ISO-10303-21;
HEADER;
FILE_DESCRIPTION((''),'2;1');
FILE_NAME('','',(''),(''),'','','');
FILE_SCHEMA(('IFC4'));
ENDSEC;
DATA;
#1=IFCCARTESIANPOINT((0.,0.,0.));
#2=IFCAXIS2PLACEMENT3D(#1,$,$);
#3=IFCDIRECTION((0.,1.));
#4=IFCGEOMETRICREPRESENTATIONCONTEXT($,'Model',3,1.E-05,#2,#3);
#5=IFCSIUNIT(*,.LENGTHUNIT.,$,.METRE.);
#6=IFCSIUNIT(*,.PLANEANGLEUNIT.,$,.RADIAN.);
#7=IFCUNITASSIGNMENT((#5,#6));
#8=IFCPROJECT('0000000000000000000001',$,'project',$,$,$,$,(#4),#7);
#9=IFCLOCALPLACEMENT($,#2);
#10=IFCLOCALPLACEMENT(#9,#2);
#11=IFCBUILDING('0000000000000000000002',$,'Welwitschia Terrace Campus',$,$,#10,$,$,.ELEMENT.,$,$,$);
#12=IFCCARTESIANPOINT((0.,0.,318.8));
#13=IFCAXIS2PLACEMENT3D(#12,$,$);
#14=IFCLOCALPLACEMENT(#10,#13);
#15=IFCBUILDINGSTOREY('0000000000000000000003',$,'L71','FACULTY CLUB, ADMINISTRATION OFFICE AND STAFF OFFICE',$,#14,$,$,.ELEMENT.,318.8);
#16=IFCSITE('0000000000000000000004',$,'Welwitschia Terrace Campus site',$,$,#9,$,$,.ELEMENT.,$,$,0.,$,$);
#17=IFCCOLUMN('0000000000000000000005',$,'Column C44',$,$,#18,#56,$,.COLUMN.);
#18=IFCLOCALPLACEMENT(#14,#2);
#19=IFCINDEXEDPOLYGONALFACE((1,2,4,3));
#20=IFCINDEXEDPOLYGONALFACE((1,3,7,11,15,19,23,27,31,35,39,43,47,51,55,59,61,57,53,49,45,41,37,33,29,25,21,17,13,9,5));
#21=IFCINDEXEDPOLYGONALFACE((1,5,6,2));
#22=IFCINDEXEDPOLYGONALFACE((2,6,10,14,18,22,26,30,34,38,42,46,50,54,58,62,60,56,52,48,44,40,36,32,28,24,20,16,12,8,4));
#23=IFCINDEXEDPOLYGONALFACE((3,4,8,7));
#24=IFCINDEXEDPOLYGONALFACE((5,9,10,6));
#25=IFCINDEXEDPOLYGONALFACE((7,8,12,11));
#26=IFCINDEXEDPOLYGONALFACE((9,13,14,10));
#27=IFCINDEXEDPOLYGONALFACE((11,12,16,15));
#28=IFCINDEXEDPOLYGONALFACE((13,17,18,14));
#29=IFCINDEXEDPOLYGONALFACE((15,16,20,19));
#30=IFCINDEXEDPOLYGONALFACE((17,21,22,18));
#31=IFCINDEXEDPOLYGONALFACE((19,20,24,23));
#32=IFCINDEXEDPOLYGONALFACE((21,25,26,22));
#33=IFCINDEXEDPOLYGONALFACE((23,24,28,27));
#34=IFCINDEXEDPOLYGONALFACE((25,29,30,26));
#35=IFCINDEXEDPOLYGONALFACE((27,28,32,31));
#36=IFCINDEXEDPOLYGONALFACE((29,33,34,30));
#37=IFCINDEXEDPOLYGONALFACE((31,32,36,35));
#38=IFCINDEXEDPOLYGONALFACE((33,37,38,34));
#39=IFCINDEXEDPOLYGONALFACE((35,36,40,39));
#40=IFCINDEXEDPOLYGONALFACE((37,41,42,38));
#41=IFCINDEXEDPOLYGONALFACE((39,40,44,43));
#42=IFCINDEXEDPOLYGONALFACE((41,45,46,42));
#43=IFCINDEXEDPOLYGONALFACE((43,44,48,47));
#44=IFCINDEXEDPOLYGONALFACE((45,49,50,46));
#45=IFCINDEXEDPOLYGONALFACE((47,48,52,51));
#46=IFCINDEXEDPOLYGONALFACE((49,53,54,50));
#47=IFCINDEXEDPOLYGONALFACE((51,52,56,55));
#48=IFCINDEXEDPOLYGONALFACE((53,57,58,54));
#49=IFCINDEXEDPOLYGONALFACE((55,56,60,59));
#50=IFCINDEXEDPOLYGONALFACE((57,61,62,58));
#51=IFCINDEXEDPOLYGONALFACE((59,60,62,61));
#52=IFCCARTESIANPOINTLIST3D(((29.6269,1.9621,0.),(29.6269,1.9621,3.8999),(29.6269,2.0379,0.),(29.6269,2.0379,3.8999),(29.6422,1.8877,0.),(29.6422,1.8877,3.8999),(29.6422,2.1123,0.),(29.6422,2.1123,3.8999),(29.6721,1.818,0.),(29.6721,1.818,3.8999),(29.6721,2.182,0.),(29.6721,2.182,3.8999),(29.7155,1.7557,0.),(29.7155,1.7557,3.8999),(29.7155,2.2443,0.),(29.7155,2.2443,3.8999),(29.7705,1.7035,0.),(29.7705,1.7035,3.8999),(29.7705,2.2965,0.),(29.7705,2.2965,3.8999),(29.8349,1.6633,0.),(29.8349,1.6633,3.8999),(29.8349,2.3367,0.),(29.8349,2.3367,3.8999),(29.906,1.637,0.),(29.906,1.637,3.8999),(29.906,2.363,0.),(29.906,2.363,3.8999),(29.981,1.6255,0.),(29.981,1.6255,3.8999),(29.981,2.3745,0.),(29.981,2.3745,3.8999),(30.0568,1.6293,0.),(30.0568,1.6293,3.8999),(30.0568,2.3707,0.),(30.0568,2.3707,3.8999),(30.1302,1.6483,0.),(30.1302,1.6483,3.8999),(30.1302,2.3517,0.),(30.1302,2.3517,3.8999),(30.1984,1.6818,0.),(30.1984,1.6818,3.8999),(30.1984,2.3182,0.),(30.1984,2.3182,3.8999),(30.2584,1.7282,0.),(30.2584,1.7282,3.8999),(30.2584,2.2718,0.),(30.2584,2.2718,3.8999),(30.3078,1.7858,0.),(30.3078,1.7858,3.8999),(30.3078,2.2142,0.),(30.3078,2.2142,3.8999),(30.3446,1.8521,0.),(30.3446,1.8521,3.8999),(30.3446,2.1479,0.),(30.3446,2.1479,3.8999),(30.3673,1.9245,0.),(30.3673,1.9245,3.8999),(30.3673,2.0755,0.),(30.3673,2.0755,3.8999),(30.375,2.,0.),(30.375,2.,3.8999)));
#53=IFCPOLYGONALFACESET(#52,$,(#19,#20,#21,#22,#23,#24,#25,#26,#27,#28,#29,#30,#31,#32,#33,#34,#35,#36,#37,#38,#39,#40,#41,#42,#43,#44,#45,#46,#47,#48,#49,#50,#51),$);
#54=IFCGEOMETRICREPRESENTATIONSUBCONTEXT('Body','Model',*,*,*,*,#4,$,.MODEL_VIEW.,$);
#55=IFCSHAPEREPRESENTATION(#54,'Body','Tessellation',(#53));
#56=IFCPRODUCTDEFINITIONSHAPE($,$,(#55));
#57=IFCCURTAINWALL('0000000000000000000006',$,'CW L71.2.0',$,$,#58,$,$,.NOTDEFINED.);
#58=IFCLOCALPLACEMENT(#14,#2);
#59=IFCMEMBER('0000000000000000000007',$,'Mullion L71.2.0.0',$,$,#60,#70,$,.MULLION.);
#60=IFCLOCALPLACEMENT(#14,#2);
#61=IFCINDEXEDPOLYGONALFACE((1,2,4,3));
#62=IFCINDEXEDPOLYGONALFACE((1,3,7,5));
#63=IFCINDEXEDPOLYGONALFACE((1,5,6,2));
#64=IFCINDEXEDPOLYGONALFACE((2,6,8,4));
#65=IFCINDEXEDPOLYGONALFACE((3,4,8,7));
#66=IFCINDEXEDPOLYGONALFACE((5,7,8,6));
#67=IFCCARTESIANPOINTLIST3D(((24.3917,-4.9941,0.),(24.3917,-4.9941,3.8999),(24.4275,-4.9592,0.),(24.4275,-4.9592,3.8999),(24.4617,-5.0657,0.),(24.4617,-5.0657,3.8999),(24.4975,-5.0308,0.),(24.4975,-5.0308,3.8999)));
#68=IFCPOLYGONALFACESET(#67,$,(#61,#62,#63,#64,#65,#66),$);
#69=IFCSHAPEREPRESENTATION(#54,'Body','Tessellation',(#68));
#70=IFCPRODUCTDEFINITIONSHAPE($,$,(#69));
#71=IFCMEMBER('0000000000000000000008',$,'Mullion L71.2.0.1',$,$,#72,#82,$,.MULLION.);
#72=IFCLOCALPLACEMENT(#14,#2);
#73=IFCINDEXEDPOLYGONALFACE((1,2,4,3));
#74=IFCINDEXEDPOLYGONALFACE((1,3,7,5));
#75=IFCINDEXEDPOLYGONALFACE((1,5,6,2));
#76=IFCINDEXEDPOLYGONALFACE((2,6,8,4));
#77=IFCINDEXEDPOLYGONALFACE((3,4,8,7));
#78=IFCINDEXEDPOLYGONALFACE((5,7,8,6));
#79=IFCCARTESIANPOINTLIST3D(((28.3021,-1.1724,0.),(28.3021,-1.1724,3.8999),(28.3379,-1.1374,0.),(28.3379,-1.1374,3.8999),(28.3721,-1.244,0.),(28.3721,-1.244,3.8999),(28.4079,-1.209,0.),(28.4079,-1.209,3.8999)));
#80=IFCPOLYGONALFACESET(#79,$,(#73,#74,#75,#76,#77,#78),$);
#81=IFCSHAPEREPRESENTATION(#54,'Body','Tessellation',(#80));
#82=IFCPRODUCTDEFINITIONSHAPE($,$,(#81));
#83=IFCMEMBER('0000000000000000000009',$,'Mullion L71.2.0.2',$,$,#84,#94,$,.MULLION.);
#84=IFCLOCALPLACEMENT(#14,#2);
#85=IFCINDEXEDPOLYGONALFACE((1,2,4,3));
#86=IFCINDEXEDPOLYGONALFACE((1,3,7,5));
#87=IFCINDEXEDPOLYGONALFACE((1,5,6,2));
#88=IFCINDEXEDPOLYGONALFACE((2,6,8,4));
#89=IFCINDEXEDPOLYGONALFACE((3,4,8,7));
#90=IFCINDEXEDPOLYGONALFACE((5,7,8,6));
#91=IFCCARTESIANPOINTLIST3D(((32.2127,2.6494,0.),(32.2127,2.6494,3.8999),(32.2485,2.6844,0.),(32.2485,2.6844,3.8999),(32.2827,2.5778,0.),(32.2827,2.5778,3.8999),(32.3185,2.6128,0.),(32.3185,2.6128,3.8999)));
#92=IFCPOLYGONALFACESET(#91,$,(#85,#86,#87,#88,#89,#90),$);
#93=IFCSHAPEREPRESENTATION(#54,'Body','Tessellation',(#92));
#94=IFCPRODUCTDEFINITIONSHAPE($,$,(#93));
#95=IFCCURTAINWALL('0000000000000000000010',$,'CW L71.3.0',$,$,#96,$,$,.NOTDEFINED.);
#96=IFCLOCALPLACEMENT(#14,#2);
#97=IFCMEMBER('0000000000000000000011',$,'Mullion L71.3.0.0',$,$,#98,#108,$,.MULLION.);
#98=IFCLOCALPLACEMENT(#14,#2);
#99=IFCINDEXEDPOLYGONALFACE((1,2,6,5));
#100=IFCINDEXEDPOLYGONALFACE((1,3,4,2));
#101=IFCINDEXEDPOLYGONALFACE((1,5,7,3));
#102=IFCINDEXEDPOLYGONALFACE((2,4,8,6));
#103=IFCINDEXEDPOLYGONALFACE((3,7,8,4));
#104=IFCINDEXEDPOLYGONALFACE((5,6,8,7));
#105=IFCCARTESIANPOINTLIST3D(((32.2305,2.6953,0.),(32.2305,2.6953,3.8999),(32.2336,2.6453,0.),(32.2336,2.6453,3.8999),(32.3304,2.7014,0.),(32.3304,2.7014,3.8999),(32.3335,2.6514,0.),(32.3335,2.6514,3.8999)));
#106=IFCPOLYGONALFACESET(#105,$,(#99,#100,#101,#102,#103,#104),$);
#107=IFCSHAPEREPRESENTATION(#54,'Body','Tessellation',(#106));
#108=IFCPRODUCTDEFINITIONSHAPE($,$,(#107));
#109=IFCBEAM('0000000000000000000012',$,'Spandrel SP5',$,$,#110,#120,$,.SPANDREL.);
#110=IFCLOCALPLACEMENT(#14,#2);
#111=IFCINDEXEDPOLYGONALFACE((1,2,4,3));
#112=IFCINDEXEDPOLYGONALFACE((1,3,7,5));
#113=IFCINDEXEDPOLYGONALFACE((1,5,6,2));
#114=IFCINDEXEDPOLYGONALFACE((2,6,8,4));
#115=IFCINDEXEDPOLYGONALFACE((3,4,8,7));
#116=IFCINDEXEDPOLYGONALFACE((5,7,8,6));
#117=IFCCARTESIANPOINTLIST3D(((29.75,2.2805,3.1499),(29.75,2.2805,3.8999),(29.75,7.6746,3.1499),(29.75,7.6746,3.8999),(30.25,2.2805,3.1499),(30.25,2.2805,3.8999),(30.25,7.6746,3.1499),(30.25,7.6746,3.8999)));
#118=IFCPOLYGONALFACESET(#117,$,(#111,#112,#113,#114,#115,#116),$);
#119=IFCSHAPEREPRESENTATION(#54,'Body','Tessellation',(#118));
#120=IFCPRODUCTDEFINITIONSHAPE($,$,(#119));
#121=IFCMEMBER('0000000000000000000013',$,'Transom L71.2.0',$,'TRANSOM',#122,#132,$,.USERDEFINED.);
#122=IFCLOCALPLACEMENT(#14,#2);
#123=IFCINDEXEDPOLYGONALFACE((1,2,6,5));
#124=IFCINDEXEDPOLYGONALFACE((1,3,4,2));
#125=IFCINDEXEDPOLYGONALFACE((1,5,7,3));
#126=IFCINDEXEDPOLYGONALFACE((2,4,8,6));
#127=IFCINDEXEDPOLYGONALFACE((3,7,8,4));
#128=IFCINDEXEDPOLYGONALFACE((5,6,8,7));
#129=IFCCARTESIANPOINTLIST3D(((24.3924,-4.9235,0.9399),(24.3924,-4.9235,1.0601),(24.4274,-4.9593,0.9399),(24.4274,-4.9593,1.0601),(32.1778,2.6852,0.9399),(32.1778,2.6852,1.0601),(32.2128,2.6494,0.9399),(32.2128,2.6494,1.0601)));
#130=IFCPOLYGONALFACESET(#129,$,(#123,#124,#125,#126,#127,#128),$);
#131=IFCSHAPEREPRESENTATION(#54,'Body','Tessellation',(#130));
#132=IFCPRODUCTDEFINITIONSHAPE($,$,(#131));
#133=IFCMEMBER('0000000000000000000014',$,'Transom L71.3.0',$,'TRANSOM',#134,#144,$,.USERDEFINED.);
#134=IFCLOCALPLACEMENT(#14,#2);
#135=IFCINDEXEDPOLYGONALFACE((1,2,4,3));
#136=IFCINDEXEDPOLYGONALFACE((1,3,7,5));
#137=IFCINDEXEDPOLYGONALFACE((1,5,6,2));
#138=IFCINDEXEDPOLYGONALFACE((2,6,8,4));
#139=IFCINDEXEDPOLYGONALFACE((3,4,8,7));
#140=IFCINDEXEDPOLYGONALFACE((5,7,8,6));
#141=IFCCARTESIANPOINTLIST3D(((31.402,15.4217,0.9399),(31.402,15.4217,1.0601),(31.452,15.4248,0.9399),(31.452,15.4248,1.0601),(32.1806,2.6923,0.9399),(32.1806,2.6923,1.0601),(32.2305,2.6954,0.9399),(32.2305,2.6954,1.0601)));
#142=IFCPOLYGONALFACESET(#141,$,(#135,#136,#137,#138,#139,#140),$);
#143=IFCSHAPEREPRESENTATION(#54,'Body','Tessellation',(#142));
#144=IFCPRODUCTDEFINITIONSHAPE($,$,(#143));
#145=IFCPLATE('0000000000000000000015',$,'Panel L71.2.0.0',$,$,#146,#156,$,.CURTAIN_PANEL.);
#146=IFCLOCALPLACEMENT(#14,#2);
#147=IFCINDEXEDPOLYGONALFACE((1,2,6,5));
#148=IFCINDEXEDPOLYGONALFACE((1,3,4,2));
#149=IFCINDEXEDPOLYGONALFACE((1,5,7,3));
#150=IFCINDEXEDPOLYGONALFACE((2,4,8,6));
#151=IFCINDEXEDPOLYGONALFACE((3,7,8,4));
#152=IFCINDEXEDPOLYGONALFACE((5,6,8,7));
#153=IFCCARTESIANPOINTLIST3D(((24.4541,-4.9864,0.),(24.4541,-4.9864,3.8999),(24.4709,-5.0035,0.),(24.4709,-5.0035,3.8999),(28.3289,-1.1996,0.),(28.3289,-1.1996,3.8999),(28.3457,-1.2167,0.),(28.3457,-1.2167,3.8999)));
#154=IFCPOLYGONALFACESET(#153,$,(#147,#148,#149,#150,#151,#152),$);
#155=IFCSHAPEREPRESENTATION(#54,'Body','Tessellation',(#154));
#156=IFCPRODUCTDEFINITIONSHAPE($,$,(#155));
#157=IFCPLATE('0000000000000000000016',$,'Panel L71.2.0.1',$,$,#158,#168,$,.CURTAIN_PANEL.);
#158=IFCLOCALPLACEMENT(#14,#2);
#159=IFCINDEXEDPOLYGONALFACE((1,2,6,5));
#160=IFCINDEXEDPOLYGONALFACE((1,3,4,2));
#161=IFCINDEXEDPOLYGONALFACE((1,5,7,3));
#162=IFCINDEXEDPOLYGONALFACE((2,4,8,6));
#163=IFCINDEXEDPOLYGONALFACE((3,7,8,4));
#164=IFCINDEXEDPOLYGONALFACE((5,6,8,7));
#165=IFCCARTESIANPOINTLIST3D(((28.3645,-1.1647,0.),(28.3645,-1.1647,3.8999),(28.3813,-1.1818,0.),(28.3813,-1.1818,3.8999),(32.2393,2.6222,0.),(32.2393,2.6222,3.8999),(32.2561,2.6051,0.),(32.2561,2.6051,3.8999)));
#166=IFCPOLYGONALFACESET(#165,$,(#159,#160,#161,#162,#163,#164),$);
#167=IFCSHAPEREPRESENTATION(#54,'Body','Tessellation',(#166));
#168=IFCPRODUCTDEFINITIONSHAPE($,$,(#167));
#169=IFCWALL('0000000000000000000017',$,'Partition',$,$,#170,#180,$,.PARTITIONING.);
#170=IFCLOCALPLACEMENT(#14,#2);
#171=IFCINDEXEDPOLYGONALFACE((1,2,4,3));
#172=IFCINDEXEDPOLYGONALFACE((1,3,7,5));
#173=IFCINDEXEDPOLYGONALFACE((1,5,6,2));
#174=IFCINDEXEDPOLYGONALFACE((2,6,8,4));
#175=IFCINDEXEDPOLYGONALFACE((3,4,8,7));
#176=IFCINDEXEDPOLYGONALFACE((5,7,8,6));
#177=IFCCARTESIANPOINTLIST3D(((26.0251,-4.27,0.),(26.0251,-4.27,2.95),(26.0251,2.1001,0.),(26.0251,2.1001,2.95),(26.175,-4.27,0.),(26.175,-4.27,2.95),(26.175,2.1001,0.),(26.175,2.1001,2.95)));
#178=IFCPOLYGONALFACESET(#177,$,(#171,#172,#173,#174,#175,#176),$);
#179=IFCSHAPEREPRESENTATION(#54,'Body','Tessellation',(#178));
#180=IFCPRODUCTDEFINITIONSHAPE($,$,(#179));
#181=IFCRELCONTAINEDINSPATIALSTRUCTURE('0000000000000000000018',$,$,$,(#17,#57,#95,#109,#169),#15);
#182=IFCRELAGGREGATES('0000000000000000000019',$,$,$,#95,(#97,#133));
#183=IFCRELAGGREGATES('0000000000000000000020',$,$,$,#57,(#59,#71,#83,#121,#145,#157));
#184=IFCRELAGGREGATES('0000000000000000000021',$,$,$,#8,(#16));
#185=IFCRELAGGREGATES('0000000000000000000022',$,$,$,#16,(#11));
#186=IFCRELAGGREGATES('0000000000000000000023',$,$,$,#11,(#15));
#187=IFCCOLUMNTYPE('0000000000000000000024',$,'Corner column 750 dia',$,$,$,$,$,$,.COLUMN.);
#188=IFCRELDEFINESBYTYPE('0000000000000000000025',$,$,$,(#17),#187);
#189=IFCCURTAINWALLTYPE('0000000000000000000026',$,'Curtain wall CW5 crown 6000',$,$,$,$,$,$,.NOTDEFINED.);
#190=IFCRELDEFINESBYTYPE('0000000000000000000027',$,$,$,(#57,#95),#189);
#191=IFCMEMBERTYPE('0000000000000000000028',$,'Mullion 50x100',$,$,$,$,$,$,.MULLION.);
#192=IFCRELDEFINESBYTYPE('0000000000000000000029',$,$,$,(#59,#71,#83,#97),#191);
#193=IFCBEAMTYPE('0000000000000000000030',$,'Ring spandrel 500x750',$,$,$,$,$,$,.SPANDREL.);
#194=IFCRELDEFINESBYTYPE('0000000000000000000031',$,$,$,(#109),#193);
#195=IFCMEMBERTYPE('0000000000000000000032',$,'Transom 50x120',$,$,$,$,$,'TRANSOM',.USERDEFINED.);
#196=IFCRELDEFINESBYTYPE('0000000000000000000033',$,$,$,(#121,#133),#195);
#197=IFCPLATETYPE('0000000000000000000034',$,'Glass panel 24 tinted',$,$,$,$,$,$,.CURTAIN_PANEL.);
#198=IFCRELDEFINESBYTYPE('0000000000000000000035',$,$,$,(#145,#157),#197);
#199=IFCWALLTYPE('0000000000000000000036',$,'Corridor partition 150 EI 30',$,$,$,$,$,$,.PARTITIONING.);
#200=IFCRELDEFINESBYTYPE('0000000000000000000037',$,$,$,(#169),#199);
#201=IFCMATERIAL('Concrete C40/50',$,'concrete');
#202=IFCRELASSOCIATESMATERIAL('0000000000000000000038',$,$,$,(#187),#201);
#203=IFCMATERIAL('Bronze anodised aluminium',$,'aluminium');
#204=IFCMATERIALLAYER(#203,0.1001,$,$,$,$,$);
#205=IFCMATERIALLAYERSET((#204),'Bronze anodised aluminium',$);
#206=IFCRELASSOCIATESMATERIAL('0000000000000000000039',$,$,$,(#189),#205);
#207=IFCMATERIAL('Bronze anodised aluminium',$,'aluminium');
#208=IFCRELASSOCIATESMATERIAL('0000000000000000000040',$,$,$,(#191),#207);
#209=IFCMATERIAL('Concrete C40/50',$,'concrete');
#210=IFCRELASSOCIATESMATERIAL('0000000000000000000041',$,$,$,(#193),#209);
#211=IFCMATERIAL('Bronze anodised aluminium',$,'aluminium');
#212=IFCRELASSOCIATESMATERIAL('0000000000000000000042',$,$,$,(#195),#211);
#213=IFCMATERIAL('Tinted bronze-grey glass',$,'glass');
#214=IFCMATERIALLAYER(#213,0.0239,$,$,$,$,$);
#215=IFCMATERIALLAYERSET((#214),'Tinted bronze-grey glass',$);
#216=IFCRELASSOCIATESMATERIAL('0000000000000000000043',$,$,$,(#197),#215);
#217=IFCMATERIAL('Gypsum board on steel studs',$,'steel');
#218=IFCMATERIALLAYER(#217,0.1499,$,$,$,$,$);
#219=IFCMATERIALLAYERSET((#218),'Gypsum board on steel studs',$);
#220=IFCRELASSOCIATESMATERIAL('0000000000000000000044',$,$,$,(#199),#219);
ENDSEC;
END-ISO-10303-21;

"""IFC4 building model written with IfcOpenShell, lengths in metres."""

from ifc_helpers import new_model, si_unit, direction, frame, frame_2d, origin, origin_2d, place, context, subcontext, project, spatial, rectangle, circle, extrude, material, layer, layer_set, material_profile, profile_set, type_object, element, aggregate, save


model = new_model("IFC4")

# Units and contexts
model_context = context("Model", 3, precision=1e-05, world=origin(), true_north=direction((0.0, 1.0)))
body_context = subcontext(model_context, "Body", "Model", "MODEL_VIEW")
ifc_project = project(units=[si_unit("LENGTHUNIT", "METRE"), si_unit("PLANEANGLEUNIT", "RADIAN")], contexts=[model_context])

# Site, building, storey
site_placement = place(None, origin())
site = spatial("IfcSite", under=ifc_project, at=site_placement, Name="Welwitschia Terrace Campus site", CompositionType="ELEMENT", RefElevation=0.0)
building_placement = place(site_placement, origin())
building = spatial("IfcBuilding", under=site, at=building_placement, Name="Welwitschia Terrace Campus", CompositionType="ELEMENT")
storey_placement = place(building_placement, frame((0.0, 0.0, 318.8)))
storey = spatial("IfcBuildingStorey", under=building, at=storey_placement, Name="L71", Description="FACULTY CLUB, ADMINISTRATION OFFICE AND STAFF OFFICE", CompositionType="ELEMENT", Elevation=318.8)

# Column
ifc_material_1 = material(Name="Concrete C40/50", Category="concrete")
ifc_material_profile_1 = material_profile(ifc_material_1, circle(Radius=0.375, at=origin_2d()))
ifc_profile_set_1 = profile_set([ifc_material_profile_1], Name="Concrete C40/50")
column_type = type_object("IfcColumnType", Name="Corner column 750 dia", PredefinedType="COLUMN", material=ifc_profile_set_1)
column_placement = place(storey_placement, frame((30.0, 2.0, 0.0), z_axis=(0.0, 0.0, 1.0), x_axis=(1.0, 0.0, 0.0)))
element("IfcColumn", 1, at=column_placement, inside=storey, type_object=column_type, Name="Column C44", PredefinedType="COLUMN", context=body_context, shape_type="SweptSolid", body=[
    extrude(circle(Radius=0.375, at=origin_2d()), origin(), (0.0, 0.0, 1.0), 3.8999),
])

# Curtain wall, members
ifc_material_2 = material(Name="Bronze anodised aluminium", Category="aluminium")
ifc_layer_1 = layer(ifc_material_2, 0.1001)
ifc_layer_set_1 = layer_set([ifc_layer_1], Name="Bronze anodised aluminium")
curtain_wall_type = type_object("IfcCurtainWallType", Name="Curtain wall CW5 crown 6000", PredefinedType="NOTDEFINED", material=ifc_layer_set_1)
curtain_wall_1_placement = place(storey_placement, origin())
curtain_wall_1 = element("IfcCurtainWall", 2, at=curtain_wall_1_placement, inside=storey, type_object=curtain_wall_type, Name="CW L71.2.0", PredefinedType="NOTDEFINED")
ifc_material_3 = material(Name="Bronze anodised aluminium", Category="aluminium")
ifc_material_profile_2 = material_profile(ifc_material_3, rectangle(XDim=0.1001, YDim=0.05, at=origin_2d()))
ifc_profile_set_2 = profile_set([ifc_material_profile_2], Name="Bronze anodised aluminium")
member_type_1 = type_object("IfcMemberType", Name="Mullion 50x100", PredefinedType="MULLION", material=ifc_profile_set_2)
member_1_placement = place(storey_placement, frame((24.4446, -5.0125, 0.0), z_axis=(0.0, 0.0, 1.0), x_axis=(-0.698941, 0.715179, 0.0)))
member_1 = element("IfcMember", 3, at=member_1_placement, type_object=member_type_1, Name="Mullion L71.2.0.0", PredefinedType="MULLION", context=body_context, shape_type="SweptSolid", body=[
    extrude(rectangle(XDim=0.1001, YDim=0.05, at=origin_2d()), origin(), (0.0, 0.0, 1.0), 3.8999),
])
member_2_placement = place(storey_placement, frame((28.355, -1.1907, 0.0), z_axis=(0.0, 0.0, 1.0), x_axis=(-0.698941, 0.715179, 0.0)))
member_2 = element("IfcMember", 4, at=member_2_placement, type_object=member_type_1, Name="Mullion L71.2.0.1", PredefinedType="MULLION", context=body_context, shape_type="SweptSolid", body=[
    extrude(rectangle(XDim=0.1001, YDim=0.05, at=origin_2d()), origin(), (0.0, 0.0, 1.0), 3.8999),
])
member_3_placement = place(storey_placement, frame((32.2656, 2.6311, 0.0), z_axis=(0.0, 0.0, 1.0), x_axis=(-0.698941, 0.715179, 0.0)))
member_3 = element("IfcMember", 5, at=member_3_placement, type_object=member_type_1, Name="Mullion L71.2.0.2", PredefinedType="MULLION", context=body_context, shape_type="SweptSolid", body=[
    extrude(rectangle(XDim=0.1001, YDim=0.05, at=origin_2d()), origin(), (0.0, 0.0, 1.0), 3.8999),
])

# Curtain wall, member
curtain_wall_2_placement = place(storey_placement, origin())
curtain_wall_2 = element("IfcCurtainWall", 6, at=curtain_wall_2_placement, inside=storey, type_object=curtain_wall_type, Name="CW L71.3.0", PredefinedType="NOTDEFINED")
member_4_placement = place(storey_placement, frame((32.282, 2.6733, 0.0), z_axis=(0.0, 0.0, 1.0), x_axis=(-0.998135, -0.061049, 0.0)))
member_4 = element("IfcMember", 7, at=member_4_placement, type_object=member_type_1, Name="Mullion L71.3.0.0", PredefinedType="MULLION", context=body_context, shape_type="SweptSolid", body=[
    extrude(rectangle(XDim=0.1001, YDim=0.05, at=origin_2d()), origin(), (0.0, 0.0, 1.0), 3.8999),
])

# Beam
ifc_material_4 = material(Name="Concrete C40/50", Category="concrete")
ifc_material_profile_3 = material_profile(ifc_material_4, rectangle(XDim=0.5, YDim=0.75, at=origin_2d()))
ifc_profile_set_3 = profile_set([ifc_material_profile_3], Name="Concrete C40/50")
beam_type = type_object("IfcBeamType", Name="Ring spandrel 500x750", PredefinedType="SPANDREL", material=ifc_profile_set_3)
beam_placement = place(storey_placement, frame((30.0, 2.2805, 3.5249), z_axis=(0.0, 1.0, 0.0), x_axis=(-1.0, 0.0, 0.0)))
element("IfcBeam", 8, at=beam_placement, inside=storey, type_object=beam_type, Name="Spandrel SP5", PredefinedType="SPANDREL", context=body_context, shape_type="SweptSolid", body=[
    extrude(rectangle(XDim=0.5, YDim=0.75, at=origin_2d()), origin(), (0.0, 0.0, 1.0), 5.394),
])

# Members
ifc_material_5 = material(Name="Bronze anodised aluminium", Category="aluminium")
ifc_material_profile_4 = material_profile(ifc_material_5, rectangle(XDim=0.05, YDim=0.1201, at=origin_2d()))
ifc_profile_set_4 = profile_set([ifc_material_profile_4], Name="Bronze anodised aluminium")
member_type_2 = type_object("IfcMemberType", Name="Transom 50x120", ElementType="TRANSOM", PredefinedType="USERDEFINED", material=ifc_profile_set_4)
member_5_placement = place(storey_placement, frame((24.4099, -4.9414, 1.0), z_axis=(0.715179, 0.698942, 0.0), x_axis=(-0.698942, 0.715179, 0.0)))
member_5 = element("IfcMember", 9, at=member_5_placement, type_object=member_type_2, Name="Transom L71.2.0", ObjectType="TRANSOM", PredefinedType="USERDEFINED", context=body_context, shape_type="SweptSolid", body=[
    extrude(rectangle(XDim=0.05, YDim=0.1201, at=origin_2d()), origin(), (0.0, 0.0, 1.0), 10.886),
])
member_6_placement = place(storey_placement, frame((32.2056, 2.6938, 1.0), z_axis=(-0.061048, 0.998135, 0.0), x_axis=(-0.998135, -0.061048, 0.0)))
member_6 = element("IfcMember", 10, at=member_6_placement, type_object=member_type_2, Name="Transom L71.3.0", ObjectType="TRANSOM", PredefinedType="USERDEFINED", context=body_context, shape_type="SweptSolid", body=[
    extrude(rectangle(XDim=0.05, YDim=0.1201, at=origin_2d()), origin(), (0.0, 0.0, 1.0), 12.7532),
])
aggregate(curtain_wall_2, [member_4, member_6])

# Plates
ifc_material_6 = material(Name="Tinted bronze-grey glass", Category="glass")
ifc_layer_2 = layer(ifc_material_6, 0.0239)
ifc_layer_set_2 = layer_set([ifc_layer_2], Name="Tinted bronze-grey glass")
plate_type = type_object("IfcPlateType", Name="Glass panel 24 tinted", PredefinedType="CURTAIN_PANEL", material=ifc_layer_set_2)
plate_1_placement = place(storey_placement, frame((26.3999, -3.1016, 0.0), z_axis=(0.0, 0.0, 1.0), x_axis=(0.715179, 0.698941, 0.0)))
plate_1 = element("IfcPlate", 11, at=plate_1_placement, type_object=plate_type, Name="Panel L71.2.0.0", PredefinedType="CURTAIN_PANEL", context=body_context, shape_type="SweptSolid", body=[
    extrude(rectangle(XDim=5.418, YDim=0.0239, at=origin_2d()), origin(), (0.0, 0.0, 1.0), 3.8999),
])
plate_2_placement = place(storey_placement, frame((30.3103, 0.7202, 0.0), z_axis=(0.0, 0.0, 1.0), x_axis=(0.715179, 0.698941, 0.0)))
plate_2 = element("IfcPlate", 12, at=plate_2_placement, type_object=plate_type, Name="Panel L71.2.0.1", PredefinedType="CURTAIN_PANEL", context=body_context, shape_type="SweptSolid", body=[
    extrude(rectangle(XDim=5.418, YDim=0.0239, at=origin_2d()), origin(), (0.0, 0.0, 1.0), 3.8999),
])
aggregate(curtain_wall_1, [member_1, member_2, member_3, member_5, plate_1, plate_2])

# Wall
ifc_material_7 = material(Name="Gypsum board on steel studs", Category="steel")
ifc_layer_3 = layer(ifc_material_7, 0.1499)
ifc_layer_set_3 = layer_set([ifc_layer_3], Name="Gypsum board on steel studs")
wall_type = type_object("IfcWallType", Name="Corridor partition 150 EI 30", PredefinedType="PARTITIONING", material=ifc_layer_set_3)
wall_1_placement = place(storey_placement, frame((26.1001, -4.27, 0.0), z_axis=(0.0, 0.0, 1.0), x_axis=(0.0, 1.0, 0.0)))
element("IfcWall", 13, at=wall_1_placement, inside=storey, type_object=wall_type, Name="Partition", PredefinedType="PARTITIONING", context=body_context, shape_type="SweptSolid", body=[
    extrude(rectangle(XDim=6.3701, YDim=0.1499, at=frame_2d((3.1851, 0.0))), origin(), (0.0, 0.0, 1.0), 2.95),
])

save(model, "model.ifc")
